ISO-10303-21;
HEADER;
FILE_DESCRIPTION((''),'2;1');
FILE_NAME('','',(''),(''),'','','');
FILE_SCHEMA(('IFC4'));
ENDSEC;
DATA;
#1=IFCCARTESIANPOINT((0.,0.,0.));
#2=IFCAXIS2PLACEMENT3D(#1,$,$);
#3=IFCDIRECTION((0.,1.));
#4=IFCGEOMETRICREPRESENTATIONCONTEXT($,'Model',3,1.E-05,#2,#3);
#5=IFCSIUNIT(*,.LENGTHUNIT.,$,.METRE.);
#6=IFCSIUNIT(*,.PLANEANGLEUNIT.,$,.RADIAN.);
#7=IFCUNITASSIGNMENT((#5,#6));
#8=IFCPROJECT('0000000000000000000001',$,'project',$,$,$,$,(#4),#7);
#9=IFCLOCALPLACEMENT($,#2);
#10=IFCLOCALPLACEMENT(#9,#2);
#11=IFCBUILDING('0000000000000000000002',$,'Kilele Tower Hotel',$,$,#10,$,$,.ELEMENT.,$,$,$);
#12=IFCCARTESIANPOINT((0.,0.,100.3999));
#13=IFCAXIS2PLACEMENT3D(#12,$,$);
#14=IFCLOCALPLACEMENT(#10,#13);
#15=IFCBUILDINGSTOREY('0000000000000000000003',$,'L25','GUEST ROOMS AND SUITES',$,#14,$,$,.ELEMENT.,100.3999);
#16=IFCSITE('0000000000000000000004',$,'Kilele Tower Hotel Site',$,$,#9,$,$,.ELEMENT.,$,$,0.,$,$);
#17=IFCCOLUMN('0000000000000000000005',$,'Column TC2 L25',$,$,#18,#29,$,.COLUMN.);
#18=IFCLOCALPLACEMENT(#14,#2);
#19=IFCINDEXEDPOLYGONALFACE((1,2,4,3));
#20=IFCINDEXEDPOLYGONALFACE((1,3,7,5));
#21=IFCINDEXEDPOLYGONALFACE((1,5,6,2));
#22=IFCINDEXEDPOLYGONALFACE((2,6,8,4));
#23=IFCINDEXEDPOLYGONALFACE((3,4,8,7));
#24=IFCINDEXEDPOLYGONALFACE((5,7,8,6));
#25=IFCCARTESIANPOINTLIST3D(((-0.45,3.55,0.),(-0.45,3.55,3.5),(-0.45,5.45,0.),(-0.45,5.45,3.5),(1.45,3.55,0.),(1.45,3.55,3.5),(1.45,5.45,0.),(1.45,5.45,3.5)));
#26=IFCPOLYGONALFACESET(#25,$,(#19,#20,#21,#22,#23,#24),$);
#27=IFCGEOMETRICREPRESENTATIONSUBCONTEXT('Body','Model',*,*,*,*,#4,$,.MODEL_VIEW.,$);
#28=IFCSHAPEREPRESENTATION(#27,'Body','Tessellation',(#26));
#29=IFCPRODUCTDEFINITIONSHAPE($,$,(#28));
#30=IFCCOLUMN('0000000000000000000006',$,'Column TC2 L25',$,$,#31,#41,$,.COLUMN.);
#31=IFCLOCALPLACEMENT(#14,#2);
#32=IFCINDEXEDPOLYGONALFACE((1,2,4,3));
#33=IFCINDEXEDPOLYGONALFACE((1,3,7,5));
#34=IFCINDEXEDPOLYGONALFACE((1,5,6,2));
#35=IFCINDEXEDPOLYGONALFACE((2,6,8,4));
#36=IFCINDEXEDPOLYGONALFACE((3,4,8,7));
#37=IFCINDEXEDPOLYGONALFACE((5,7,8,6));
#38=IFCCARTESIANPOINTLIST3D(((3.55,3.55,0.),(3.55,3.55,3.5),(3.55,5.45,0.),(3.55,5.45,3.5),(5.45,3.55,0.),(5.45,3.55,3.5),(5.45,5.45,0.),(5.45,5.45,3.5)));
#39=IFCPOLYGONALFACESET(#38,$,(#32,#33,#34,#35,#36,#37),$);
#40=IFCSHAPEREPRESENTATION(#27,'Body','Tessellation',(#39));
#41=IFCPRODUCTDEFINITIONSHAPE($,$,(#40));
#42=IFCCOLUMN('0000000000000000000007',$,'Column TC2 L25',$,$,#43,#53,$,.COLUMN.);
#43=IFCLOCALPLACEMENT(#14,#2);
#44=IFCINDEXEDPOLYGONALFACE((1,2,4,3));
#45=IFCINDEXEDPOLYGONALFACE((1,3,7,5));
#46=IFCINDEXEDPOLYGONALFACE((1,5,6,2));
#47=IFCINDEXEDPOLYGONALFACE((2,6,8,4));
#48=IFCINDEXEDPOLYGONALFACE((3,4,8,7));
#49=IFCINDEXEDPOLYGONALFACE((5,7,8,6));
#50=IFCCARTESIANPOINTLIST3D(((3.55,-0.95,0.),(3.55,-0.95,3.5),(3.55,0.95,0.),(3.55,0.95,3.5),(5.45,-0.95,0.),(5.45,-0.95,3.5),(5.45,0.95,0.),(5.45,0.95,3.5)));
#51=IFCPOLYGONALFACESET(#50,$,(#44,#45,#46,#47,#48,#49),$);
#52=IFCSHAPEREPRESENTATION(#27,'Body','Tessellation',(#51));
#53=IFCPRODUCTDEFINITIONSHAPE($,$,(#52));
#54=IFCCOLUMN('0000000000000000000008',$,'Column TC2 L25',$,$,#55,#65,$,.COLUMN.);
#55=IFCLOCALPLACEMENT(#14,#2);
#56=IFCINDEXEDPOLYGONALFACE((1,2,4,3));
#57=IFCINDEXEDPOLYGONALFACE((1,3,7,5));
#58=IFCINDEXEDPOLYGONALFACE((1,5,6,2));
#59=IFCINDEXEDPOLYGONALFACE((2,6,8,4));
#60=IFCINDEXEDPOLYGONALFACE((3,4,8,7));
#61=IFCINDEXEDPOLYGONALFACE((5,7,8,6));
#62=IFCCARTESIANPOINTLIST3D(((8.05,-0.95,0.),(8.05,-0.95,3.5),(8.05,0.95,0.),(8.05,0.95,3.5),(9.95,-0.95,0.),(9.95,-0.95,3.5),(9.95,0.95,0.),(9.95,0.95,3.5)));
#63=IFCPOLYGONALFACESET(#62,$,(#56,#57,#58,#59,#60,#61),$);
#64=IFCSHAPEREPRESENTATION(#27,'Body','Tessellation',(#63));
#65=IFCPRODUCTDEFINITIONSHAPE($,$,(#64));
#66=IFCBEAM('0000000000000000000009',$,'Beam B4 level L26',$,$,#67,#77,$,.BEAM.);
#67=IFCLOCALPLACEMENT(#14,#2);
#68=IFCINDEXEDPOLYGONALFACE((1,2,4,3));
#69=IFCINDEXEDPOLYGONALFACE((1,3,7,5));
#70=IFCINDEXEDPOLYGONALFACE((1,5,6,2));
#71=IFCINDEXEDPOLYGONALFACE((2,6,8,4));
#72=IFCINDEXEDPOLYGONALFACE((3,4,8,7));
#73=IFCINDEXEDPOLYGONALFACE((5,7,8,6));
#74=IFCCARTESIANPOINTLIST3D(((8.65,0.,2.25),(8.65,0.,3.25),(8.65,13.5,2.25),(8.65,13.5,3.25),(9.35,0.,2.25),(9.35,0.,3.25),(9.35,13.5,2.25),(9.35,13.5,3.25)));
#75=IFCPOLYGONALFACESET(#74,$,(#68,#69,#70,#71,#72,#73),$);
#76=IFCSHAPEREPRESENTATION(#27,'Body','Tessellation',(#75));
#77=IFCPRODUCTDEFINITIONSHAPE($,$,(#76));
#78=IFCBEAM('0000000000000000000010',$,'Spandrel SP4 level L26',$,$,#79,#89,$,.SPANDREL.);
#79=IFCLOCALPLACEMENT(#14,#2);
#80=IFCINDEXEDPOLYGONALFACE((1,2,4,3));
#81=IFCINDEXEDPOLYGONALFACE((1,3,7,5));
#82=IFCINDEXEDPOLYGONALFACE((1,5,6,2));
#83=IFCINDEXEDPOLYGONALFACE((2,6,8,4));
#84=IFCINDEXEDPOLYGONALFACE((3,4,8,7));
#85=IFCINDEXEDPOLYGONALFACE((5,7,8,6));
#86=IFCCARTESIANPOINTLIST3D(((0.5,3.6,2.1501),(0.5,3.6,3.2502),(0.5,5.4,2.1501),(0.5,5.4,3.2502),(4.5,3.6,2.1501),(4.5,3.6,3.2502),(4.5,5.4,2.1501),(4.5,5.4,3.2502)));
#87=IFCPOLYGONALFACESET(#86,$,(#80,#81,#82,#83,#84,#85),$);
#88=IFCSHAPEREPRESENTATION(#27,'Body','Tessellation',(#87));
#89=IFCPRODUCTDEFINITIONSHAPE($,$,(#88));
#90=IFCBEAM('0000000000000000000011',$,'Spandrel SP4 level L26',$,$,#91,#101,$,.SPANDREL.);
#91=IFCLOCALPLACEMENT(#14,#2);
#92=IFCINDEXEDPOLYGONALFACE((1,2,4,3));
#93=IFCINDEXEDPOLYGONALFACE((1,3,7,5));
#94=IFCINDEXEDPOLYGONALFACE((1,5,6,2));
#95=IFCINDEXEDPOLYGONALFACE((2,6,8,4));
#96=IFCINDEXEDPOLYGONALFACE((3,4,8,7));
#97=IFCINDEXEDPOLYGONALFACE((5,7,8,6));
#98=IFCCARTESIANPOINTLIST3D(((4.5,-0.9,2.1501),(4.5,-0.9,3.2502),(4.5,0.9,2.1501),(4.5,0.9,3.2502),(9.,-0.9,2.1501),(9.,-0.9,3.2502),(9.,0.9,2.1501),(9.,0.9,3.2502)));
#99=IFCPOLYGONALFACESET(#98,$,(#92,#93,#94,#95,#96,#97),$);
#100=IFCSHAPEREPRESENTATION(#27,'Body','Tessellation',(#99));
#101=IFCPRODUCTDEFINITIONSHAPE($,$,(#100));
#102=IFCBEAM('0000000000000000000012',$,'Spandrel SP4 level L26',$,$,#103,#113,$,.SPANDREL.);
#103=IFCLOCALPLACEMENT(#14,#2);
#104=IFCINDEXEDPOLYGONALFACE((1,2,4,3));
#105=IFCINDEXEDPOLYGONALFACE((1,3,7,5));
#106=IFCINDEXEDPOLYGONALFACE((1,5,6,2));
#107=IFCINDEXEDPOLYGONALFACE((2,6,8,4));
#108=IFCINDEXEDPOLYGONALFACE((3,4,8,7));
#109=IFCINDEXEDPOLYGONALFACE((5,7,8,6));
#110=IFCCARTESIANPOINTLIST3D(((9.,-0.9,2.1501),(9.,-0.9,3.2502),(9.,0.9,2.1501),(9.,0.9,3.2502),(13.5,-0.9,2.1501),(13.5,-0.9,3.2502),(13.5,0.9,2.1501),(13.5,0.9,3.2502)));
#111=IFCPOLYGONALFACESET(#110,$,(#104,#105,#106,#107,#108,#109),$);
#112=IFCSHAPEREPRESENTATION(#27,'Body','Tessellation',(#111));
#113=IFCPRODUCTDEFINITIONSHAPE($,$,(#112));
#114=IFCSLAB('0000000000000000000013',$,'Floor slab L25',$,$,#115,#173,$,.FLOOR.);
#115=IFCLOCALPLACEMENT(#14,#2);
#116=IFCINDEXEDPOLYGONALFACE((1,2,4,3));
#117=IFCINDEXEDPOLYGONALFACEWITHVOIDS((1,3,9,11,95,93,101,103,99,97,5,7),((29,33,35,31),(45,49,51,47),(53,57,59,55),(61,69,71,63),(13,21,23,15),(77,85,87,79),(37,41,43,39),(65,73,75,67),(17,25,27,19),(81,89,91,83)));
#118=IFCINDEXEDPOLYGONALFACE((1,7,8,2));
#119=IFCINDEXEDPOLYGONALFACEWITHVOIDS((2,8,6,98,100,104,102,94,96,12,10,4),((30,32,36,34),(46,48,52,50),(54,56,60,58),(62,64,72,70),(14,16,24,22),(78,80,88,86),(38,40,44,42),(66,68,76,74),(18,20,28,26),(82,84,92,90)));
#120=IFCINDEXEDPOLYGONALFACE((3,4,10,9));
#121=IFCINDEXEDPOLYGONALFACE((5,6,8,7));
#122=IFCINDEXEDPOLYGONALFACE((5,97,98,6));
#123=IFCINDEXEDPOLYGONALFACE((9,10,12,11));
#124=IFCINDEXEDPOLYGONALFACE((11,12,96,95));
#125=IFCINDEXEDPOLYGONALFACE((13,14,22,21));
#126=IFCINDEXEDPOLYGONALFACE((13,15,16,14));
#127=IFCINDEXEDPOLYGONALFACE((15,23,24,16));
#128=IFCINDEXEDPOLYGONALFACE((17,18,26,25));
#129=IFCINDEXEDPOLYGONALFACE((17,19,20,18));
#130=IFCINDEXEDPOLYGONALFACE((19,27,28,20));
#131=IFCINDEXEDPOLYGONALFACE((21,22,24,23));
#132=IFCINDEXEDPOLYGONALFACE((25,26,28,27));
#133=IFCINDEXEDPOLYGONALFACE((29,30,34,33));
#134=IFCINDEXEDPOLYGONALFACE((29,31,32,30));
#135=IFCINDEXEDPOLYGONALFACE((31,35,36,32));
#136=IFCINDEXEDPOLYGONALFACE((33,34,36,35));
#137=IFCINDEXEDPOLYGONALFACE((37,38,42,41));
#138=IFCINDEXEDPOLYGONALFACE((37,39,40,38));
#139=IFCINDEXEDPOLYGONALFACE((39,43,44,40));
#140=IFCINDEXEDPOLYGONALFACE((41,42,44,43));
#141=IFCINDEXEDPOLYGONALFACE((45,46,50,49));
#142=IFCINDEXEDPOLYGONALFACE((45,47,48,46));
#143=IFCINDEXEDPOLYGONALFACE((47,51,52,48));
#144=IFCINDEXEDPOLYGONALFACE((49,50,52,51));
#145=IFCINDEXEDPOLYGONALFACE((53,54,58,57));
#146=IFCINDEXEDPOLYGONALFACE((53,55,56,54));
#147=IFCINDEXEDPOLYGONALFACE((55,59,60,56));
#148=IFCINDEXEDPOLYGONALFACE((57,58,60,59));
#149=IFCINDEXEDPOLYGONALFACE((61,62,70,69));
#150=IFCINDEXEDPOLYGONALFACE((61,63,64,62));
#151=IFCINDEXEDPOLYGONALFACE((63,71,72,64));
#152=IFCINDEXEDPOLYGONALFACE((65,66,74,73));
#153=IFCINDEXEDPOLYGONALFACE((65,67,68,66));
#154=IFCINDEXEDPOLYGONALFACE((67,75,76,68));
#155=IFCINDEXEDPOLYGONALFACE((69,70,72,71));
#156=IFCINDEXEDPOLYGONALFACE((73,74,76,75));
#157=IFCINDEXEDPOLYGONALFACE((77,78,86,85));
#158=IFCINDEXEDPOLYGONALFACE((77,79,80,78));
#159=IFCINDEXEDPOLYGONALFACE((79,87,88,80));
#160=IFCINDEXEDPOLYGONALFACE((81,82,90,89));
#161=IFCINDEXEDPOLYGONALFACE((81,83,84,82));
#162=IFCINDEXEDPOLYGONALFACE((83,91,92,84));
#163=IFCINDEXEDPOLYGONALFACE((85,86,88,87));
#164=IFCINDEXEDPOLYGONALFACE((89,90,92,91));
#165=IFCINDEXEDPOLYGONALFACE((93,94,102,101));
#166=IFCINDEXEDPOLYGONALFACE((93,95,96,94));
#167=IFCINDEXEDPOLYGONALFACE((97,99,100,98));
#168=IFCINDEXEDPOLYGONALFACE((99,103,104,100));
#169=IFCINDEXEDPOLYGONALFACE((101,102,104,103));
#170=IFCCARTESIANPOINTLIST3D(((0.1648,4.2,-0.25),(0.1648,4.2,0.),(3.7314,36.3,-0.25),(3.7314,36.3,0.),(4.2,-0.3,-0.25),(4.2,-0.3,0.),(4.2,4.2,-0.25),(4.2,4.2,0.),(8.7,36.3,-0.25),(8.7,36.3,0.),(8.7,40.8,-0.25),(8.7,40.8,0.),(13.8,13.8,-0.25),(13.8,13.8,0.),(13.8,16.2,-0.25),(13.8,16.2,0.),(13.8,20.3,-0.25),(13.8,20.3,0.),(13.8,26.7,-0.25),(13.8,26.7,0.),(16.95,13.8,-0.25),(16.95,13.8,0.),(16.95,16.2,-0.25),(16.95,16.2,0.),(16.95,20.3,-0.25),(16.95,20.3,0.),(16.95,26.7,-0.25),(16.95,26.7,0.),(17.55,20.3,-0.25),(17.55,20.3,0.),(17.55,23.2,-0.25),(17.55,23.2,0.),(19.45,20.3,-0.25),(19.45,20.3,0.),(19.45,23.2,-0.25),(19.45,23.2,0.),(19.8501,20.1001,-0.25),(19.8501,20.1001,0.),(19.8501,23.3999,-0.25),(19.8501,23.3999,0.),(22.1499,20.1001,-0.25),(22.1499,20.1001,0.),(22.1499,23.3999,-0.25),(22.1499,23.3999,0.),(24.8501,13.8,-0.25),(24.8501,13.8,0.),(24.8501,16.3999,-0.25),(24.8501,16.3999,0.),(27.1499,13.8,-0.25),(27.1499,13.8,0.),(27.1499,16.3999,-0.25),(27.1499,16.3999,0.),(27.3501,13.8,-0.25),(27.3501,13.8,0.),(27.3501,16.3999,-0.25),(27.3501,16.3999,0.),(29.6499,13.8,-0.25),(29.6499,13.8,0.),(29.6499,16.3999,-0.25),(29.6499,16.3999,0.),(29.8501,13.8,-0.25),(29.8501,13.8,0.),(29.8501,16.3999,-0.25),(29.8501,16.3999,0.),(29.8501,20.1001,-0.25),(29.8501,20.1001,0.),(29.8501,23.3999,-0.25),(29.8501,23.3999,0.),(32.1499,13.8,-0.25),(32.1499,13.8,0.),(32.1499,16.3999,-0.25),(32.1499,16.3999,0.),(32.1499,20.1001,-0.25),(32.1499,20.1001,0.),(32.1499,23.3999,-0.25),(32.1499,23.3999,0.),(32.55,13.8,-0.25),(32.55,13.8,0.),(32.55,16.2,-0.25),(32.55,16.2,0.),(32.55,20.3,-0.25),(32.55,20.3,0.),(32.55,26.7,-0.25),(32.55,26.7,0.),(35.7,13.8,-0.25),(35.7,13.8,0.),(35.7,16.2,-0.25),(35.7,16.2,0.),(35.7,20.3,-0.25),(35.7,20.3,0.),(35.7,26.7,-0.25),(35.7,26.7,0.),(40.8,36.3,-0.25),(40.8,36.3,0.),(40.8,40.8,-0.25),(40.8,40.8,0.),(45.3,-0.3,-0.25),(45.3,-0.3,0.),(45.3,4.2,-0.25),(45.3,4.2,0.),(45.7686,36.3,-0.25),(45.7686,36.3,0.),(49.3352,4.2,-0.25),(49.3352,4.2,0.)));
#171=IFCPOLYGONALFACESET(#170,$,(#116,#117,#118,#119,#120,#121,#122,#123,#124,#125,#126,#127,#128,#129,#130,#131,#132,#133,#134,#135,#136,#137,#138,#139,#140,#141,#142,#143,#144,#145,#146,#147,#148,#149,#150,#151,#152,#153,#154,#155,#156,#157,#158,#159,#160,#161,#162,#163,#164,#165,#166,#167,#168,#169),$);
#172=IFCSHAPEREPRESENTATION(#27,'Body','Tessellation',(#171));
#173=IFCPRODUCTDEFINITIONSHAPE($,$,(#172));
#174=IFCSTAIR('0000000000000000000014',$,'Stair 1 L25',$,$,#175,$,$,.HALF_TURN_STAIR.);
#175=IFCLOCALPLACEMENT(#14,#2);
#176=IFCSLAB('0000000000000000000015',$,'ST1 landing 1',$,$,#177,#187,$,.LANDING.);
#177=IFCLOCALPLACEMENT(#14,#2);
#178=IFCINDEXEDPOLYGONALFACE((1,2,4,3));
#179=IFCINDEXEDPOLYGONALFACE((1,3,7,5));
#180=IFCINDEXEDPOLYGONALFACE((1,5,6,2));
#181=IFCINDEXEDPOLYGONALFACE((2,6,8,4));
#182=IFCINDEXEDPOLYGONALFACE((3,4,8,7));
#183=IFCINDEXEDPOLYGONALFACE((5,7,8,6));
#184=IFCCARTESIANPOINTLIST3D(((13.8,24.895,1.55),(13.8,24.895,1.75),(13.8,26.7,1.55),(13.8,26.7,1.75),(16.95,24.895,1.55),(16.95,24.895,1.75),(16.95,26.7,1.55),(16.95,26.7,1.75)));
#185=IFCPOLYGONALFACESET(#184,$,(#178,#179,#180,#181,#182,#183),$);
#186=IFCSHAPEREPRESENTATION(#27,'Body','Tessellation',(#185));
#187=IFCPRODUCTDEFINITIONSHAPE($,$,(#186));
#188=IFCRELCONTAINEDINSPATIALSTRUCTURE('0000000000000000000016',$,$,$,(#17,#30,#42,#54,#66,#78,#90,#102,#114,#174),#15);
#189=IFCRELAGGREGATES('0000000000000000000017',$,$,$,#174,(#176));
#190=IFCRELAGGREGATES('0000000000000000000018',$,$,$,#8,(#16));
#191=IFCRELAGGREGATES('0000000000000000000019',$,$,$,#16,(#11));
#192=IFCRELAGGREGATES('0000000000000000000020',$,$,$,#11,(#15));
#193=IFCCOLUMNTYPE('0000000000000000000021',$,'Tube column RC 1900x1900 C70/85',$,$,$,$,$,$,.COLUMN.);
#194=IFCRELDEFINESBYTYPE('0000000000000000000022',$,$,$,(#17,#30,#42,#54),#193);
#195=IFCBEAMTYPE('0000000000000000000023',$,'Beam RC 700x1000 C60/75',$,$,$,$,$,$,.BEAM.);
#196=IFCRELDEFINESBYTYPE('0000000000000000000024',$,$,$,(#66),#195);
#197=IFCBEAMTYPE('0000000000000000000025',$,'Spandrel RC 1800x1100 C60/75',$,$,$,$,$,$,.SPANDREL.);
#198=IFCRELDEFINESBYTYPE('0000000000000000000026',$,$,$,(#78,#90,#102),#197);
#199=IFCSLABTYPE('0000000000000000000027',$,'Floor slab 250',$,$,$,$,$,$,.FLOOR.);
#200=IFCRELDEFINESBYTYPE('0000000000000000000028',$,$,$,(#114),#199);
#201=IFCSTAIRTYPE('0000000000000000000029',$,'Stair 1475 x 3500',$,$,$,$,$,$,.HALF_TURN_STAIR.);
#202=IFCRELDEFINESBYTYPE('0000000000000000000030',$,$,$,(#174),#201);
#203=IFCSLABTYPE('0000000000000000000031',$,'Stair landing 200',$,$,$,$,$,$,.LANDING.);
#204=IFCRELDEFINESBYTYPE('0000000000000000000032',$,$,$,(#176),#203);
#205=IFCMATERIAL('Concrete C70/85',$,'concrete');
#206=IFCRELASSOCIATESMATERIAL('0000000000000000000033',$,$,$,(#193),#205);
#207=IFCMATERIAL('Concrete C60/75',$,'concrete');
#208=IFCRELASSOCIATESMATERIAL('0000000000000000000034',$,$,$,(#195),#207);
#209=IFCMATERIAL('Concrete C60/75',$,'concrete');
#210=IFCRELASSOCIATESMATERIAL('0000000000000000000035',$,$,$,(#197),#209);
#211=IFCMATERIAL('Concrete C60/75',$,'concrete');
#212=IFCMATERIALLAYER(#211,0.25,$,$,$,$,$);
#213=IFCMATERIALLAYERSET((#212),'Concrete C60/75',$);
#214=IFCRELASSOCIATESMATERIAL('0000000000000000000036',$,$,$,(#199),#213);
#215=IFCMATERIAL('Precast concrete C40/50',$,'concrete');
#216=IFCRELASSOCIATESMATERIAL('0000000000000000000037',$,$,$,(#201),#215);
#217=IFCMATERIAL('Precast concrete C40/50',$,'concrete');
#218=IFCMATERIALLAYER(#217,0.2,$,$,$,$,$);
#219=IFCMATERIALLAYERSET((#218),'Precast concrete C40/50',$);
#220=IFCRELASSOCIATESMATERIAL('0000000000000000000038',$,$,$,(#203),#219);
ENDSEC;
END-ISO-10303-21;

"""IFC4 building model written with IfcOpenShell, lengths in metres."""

from ifc_helpers import new_model, si_unit, direction, frame, origin, origin_2d, place, context, subcontext, project, spatial, polyline, rectangle, outline, extrude, material, layer, layer_set, material_profile, profile_set, type_object, element, aggregate, save


model = new_model("IFC4")

# Units and contexts
model_context = context("Model", 3, precision=1e-05, world=origin(), true_north=direction((0.0, 1.0)))
body_context = subcontext(model_context, "Body", "Model", "MODEL_VIEW")
ifc_project = project(units=[si_unit("LENGTHUNIT", "METRE"), si_unit("PLANEANGLEUNIT", "RADIAN")], contexts=[model_context])

# Site, building, storey
site_placement = place(None, origin())
site = spatial("IfcSite", under=ifc_project, at=site_placement, Name="Kilele Tower Hotel Site", CompositionType="ELEMENT", RefElevation=0.0)
building_placement = place(site_placement, origin())
building = spatial("IfcBuilding", under=site, at=building_placement, Name="Kilele Tower Hotel", CompositionType="ELEMENT")
storey_placement = place(building_placement, frame((0.0, 0.0, 100.3999)))
storey = spatial("IfcBuildingStorey", under=building, at=storey_placement, Name="L25", Description="GUEST ROOMS AND SUITES", CompositionType="ELEMENT", Elevation=100.3999)

# Columns
ifc_material_1 = material(Name="Concrete C70/85", Category="concrete")
ifc_material_profile_1 = material_profile(ifc_material_1, rectangle(XDim=1.8999, YDim=1.8999, at=origin_2d()))
ifc_profile_set_1 = profile_set([ifc_material_profile_1], Name="Concrete C70/85")
column_type = type_object("IfcColumnType", Name="Tube column RC 1900x1900 C70/85", PredefinedType="COLUMN", material=ifc_profile_set_1)
for number, where, z_axis, x_axis, name in (
    (1, (0.5, 4.5, 0.0), (0.0, 0.0, 1.0), (1.0, 0.0, 0.0), "Column TC2 L25"),
    (2, (4.5, 4.5, 0.0), (0.0, 0.0, 1.0), (1.0, 0.0, 0.0), "Column TC2 L25"),
    (3, (4.5, 0.0, 0.0), (0.0, 0.0, 1.0), (1.0, 0.0, 0.0), "Column TC2 L25"),
    (4, (9.0, 0.0, 0.0), (0.0, 0.0, 1.0), (1.0, 0.0, 0.0), "Column TC2 L25"),
):
    element("IfcColumn", number, at=place(storey_placement, frame(where, z_axis=z_axis, x_axis=x_axis)), inside=storey, type_object=column_type, Name=name, PredefinedType="COLUMN", context=body_context, shape_type="SweptSolid", body=[
        extrude(rectangle(XDim=1.8999, YDim=1.8999, at=origin_2d()), origin(), (0.0, 0.0, 1.0), 3.5),
    ])

# Beams
ifc_material_2 = material(Name="Concrete C60/75", Category="concrete")
ifc_material_profile_2 = material_profile(ifc_material_2, rectangle(XDim=0.7, YDim=1.0, at=origin_2d()))
ifc_profile_set_2 = profile_set([ifc_material_profile_2], Name="Concrete C60/75")
beam_type_1 = type_object("IfcBeamType", Name="Beam RC 700x1000 C60/75", PredefinedType="BEAM", material=ifc_profile_set_2)
beam_1_placement = place(storey_placement, frame((9.0, 0.0, 2.75), z_axis=(0.0, 1.0, 0.0), x_axis=(-1.0, 0.0, 0.0)))
element("IfcBeam", 5, at=beam_1_placement, inside=storey, type_object=beam_type_1, Name="Beam B4 level L26", PredefinedType="BEAM", context=body_context, shape_type="SweptSolid", body=[
    extrude(rectangle(XDim=0.7, YDim=1.0, at=origin_2d()), origin(), (0.0, 0.0, 1.0), 13.5),
])
ifc_material_3 = material(Name="Concrete C60/75", Category="concrete")
ifc_material_profile_3 = material_profile(ifc_material_3, rectangle(XDim=1.8, YDim=1.1001, at=origin_2d()))
ifc_profile_set_3 = profile_set([ifc_material_profile_3], Name="Concrete C60/75")
beam_type_2 = type_object("IfcBeamType", Name="Spandrel RC 1800x1100 C60/75", PredefinedType="SPANDREL", material=ifc_profile_set_3)
beam_2_placement = place(storey_placement, frame((0.5, 4.5, 2.7002), z_axis=(1.0, 0.0, 0.0), x_axis=(0.0, 1.0, 0.0)))
element("IfcBeam", 6, at=beam_2_placement, inside=storey, type_object=beam_type_2, Name="Spandrel SP4 level L26", PredefinedType="SPANDREL", context=body_context, shape_type="SweptSolid", body=[
    extrude(rectangle(XDim=1.8, YDim=1.1001, at=origin_2d()), origin(), (0.0, 0.0, 1.0), 4.0),
])
for number, where, z_axis, x_axis, name in (
    (7, (4.5, 0.0, 2.7002), (1.0, 0.0, 0.0), (0.0, 1.0, 0.0), "Spandrel SP4 level L26"),
    (8, (9.0, 0.0, 2.7002), (1.0, 0.0, 0.0), (0.0, 1.0, 0.0), "Spandrel SP4 level L26"),
):
    element("IfcBeam", number, at=place(storey_placement, frame(where, z_axis=z_axis, x_axis=x_axis)), inside=storey, type_object=beam_type_2, Name=name, PredefinedType="SPANDREL", context=body_context, shape_type="SweptSolid", body=[
        extrude(rectangle(XDim=1.8, YDim=1.1001, at=origin_2d()), origin(), (0.0, 0.0, 1.0), 4.5),
    ])

# Slab
ifc_material_4 = material(Name="Concrete C60/75", Category="concrete")
ifc_layer_1 = layer(ifc_material_4, 0.25)
ifc_layer_set_1 = layer_set([ifc_layer_1], Name="Concrete C60/75")
slab_type_1 = type_object("IfcSlabType", Name="Floor slab 250", PredefinedType="FLOOR", material=ifc_layer_set_1)
slab_1_placement = place(storey_placement, frame((0.0, 0.0, -0.25)))
element("IfcSlab", 9, at=slab_1_placement, inside=storey, type_object=slab_type_1, Name="Floor slab L25", PredefinedType="FLOOR", context=body_context, shape_type="SweptSolid", body=[
    extrude(outline(polyline([(8.7, 36.3), (8.7, 40.8), (40.8, 40.8), (40.8, 36.3), (45.7686, 36.3), (49.3352, 4.2), (45.3, 4.2), (45.3, -0.3), (4.2, -0.3), (4.2, 4.2), (0.1648, 4.2), (3.7314, 36.3), (8.7, 36.3)]), holes=[polyline([(16.95, 16.2), (13.8, 16.2), (13.8, 13.8), (16.95, 13.8), (16.95, 16.2)]), polyline([(35.7, 16.2), (32.55, 16.2), (32.55, 13.8), (35.7, 13.8), (35.7, 16.2)]), polyline([(27.1499, 16.3999), (24.8501, 16.3999), (24.8501, 13.8), (27.1499, 13.8), (27.1499, 16.3999)]), polyline([(29.6499, 13.8), (29.6499, 16.3999), (27.3501, 16.3999), (27.3501, 13.8), (29.6499, 13.8)]), polyline([(32.1499, 13.8), (32.1499, 16.3999), (29.8501, 16.3999), (29.8501, 13.8), (32.1499, 13.8)]), polyline([(19.45, 23.2), (17.55, 23.2), (17.55, 20.3), (19.45, 20.3), (19.45, 23.2)]), polyline([(22.1499, 23.3999), (19.8501, 23.3999), (19.8501, 20.1001), (22.1499, 20.1001), (22.1499, 23.3999)]), polyline([(32.1499, 23.3999), (29.8501, 23.3999), (29.8501, 20.1001), (32.1499, 20.1001), (32.1499, 23.3999)]), polyline([(16.95, 20.3), (16.95, 26.7), (13.8, 26.7), (13.8, 20.3), (16.95, 20.3)]), polyline([(35.7, 20.3), (35.7, 26.7), (32.55, 26.7), (32.55, 20.3), (35.7, 20.3)])]), origin(), (0.0, 0.0, 1.0), 0.25),
])

# Stair, slab
ifc_material_5 = material(Name="Precast concrete C40/50", Category="concrete")
stair_type = type_object("IfcStairType", Name="Stair 1475 x 3500", PredefinedType="HALF_TURN_STAIR", material=ifc_material_5)
stair_1_placement = place(storey_placement, origin())
stair_1 = element("IfcStair", 10, at=stair_1_placement, inside=storey, type_object=stair_type, Name="Stair 1 L25", PredefinedType="HALF_TURN_STAIR")
ifc_material_6 = material(Name="Precast concrete C40/50", Category="concrete")
ifc_layer_2 = layer(ifc_material_6, 0.2)
ifc_layer_set_2 = layer_set([ifc_layer_2], Name="Precast concrete C40/50")
slab_type_2 = type_object("IfcSlabType", Name="Stair landing 200", PredefinedType="LANDING", material=ifc_layer_set_2)
slab_2_placement = place(storey_placement, frame((0.0, 0.0, 1.55)))
slab_2 = element("IfcSlab", 11, at=slab_2_placement, type_object=slab_type_2, Name="ST1 landing 1", PredefinedType="LANDING", context=body_context, shape_type="SweptSolid", body=[
    extrude(outline(polyline([(13.8, 24.895), (16.95, 24.895), (16.95, 26.7), (13.8, 26.7), (13.8, 24.895)])), origin(), (0.0, 0.0, 1.0), 0.2),
])
aggregate(stair_1, [slab_2])

save(model, "model.ifc")
